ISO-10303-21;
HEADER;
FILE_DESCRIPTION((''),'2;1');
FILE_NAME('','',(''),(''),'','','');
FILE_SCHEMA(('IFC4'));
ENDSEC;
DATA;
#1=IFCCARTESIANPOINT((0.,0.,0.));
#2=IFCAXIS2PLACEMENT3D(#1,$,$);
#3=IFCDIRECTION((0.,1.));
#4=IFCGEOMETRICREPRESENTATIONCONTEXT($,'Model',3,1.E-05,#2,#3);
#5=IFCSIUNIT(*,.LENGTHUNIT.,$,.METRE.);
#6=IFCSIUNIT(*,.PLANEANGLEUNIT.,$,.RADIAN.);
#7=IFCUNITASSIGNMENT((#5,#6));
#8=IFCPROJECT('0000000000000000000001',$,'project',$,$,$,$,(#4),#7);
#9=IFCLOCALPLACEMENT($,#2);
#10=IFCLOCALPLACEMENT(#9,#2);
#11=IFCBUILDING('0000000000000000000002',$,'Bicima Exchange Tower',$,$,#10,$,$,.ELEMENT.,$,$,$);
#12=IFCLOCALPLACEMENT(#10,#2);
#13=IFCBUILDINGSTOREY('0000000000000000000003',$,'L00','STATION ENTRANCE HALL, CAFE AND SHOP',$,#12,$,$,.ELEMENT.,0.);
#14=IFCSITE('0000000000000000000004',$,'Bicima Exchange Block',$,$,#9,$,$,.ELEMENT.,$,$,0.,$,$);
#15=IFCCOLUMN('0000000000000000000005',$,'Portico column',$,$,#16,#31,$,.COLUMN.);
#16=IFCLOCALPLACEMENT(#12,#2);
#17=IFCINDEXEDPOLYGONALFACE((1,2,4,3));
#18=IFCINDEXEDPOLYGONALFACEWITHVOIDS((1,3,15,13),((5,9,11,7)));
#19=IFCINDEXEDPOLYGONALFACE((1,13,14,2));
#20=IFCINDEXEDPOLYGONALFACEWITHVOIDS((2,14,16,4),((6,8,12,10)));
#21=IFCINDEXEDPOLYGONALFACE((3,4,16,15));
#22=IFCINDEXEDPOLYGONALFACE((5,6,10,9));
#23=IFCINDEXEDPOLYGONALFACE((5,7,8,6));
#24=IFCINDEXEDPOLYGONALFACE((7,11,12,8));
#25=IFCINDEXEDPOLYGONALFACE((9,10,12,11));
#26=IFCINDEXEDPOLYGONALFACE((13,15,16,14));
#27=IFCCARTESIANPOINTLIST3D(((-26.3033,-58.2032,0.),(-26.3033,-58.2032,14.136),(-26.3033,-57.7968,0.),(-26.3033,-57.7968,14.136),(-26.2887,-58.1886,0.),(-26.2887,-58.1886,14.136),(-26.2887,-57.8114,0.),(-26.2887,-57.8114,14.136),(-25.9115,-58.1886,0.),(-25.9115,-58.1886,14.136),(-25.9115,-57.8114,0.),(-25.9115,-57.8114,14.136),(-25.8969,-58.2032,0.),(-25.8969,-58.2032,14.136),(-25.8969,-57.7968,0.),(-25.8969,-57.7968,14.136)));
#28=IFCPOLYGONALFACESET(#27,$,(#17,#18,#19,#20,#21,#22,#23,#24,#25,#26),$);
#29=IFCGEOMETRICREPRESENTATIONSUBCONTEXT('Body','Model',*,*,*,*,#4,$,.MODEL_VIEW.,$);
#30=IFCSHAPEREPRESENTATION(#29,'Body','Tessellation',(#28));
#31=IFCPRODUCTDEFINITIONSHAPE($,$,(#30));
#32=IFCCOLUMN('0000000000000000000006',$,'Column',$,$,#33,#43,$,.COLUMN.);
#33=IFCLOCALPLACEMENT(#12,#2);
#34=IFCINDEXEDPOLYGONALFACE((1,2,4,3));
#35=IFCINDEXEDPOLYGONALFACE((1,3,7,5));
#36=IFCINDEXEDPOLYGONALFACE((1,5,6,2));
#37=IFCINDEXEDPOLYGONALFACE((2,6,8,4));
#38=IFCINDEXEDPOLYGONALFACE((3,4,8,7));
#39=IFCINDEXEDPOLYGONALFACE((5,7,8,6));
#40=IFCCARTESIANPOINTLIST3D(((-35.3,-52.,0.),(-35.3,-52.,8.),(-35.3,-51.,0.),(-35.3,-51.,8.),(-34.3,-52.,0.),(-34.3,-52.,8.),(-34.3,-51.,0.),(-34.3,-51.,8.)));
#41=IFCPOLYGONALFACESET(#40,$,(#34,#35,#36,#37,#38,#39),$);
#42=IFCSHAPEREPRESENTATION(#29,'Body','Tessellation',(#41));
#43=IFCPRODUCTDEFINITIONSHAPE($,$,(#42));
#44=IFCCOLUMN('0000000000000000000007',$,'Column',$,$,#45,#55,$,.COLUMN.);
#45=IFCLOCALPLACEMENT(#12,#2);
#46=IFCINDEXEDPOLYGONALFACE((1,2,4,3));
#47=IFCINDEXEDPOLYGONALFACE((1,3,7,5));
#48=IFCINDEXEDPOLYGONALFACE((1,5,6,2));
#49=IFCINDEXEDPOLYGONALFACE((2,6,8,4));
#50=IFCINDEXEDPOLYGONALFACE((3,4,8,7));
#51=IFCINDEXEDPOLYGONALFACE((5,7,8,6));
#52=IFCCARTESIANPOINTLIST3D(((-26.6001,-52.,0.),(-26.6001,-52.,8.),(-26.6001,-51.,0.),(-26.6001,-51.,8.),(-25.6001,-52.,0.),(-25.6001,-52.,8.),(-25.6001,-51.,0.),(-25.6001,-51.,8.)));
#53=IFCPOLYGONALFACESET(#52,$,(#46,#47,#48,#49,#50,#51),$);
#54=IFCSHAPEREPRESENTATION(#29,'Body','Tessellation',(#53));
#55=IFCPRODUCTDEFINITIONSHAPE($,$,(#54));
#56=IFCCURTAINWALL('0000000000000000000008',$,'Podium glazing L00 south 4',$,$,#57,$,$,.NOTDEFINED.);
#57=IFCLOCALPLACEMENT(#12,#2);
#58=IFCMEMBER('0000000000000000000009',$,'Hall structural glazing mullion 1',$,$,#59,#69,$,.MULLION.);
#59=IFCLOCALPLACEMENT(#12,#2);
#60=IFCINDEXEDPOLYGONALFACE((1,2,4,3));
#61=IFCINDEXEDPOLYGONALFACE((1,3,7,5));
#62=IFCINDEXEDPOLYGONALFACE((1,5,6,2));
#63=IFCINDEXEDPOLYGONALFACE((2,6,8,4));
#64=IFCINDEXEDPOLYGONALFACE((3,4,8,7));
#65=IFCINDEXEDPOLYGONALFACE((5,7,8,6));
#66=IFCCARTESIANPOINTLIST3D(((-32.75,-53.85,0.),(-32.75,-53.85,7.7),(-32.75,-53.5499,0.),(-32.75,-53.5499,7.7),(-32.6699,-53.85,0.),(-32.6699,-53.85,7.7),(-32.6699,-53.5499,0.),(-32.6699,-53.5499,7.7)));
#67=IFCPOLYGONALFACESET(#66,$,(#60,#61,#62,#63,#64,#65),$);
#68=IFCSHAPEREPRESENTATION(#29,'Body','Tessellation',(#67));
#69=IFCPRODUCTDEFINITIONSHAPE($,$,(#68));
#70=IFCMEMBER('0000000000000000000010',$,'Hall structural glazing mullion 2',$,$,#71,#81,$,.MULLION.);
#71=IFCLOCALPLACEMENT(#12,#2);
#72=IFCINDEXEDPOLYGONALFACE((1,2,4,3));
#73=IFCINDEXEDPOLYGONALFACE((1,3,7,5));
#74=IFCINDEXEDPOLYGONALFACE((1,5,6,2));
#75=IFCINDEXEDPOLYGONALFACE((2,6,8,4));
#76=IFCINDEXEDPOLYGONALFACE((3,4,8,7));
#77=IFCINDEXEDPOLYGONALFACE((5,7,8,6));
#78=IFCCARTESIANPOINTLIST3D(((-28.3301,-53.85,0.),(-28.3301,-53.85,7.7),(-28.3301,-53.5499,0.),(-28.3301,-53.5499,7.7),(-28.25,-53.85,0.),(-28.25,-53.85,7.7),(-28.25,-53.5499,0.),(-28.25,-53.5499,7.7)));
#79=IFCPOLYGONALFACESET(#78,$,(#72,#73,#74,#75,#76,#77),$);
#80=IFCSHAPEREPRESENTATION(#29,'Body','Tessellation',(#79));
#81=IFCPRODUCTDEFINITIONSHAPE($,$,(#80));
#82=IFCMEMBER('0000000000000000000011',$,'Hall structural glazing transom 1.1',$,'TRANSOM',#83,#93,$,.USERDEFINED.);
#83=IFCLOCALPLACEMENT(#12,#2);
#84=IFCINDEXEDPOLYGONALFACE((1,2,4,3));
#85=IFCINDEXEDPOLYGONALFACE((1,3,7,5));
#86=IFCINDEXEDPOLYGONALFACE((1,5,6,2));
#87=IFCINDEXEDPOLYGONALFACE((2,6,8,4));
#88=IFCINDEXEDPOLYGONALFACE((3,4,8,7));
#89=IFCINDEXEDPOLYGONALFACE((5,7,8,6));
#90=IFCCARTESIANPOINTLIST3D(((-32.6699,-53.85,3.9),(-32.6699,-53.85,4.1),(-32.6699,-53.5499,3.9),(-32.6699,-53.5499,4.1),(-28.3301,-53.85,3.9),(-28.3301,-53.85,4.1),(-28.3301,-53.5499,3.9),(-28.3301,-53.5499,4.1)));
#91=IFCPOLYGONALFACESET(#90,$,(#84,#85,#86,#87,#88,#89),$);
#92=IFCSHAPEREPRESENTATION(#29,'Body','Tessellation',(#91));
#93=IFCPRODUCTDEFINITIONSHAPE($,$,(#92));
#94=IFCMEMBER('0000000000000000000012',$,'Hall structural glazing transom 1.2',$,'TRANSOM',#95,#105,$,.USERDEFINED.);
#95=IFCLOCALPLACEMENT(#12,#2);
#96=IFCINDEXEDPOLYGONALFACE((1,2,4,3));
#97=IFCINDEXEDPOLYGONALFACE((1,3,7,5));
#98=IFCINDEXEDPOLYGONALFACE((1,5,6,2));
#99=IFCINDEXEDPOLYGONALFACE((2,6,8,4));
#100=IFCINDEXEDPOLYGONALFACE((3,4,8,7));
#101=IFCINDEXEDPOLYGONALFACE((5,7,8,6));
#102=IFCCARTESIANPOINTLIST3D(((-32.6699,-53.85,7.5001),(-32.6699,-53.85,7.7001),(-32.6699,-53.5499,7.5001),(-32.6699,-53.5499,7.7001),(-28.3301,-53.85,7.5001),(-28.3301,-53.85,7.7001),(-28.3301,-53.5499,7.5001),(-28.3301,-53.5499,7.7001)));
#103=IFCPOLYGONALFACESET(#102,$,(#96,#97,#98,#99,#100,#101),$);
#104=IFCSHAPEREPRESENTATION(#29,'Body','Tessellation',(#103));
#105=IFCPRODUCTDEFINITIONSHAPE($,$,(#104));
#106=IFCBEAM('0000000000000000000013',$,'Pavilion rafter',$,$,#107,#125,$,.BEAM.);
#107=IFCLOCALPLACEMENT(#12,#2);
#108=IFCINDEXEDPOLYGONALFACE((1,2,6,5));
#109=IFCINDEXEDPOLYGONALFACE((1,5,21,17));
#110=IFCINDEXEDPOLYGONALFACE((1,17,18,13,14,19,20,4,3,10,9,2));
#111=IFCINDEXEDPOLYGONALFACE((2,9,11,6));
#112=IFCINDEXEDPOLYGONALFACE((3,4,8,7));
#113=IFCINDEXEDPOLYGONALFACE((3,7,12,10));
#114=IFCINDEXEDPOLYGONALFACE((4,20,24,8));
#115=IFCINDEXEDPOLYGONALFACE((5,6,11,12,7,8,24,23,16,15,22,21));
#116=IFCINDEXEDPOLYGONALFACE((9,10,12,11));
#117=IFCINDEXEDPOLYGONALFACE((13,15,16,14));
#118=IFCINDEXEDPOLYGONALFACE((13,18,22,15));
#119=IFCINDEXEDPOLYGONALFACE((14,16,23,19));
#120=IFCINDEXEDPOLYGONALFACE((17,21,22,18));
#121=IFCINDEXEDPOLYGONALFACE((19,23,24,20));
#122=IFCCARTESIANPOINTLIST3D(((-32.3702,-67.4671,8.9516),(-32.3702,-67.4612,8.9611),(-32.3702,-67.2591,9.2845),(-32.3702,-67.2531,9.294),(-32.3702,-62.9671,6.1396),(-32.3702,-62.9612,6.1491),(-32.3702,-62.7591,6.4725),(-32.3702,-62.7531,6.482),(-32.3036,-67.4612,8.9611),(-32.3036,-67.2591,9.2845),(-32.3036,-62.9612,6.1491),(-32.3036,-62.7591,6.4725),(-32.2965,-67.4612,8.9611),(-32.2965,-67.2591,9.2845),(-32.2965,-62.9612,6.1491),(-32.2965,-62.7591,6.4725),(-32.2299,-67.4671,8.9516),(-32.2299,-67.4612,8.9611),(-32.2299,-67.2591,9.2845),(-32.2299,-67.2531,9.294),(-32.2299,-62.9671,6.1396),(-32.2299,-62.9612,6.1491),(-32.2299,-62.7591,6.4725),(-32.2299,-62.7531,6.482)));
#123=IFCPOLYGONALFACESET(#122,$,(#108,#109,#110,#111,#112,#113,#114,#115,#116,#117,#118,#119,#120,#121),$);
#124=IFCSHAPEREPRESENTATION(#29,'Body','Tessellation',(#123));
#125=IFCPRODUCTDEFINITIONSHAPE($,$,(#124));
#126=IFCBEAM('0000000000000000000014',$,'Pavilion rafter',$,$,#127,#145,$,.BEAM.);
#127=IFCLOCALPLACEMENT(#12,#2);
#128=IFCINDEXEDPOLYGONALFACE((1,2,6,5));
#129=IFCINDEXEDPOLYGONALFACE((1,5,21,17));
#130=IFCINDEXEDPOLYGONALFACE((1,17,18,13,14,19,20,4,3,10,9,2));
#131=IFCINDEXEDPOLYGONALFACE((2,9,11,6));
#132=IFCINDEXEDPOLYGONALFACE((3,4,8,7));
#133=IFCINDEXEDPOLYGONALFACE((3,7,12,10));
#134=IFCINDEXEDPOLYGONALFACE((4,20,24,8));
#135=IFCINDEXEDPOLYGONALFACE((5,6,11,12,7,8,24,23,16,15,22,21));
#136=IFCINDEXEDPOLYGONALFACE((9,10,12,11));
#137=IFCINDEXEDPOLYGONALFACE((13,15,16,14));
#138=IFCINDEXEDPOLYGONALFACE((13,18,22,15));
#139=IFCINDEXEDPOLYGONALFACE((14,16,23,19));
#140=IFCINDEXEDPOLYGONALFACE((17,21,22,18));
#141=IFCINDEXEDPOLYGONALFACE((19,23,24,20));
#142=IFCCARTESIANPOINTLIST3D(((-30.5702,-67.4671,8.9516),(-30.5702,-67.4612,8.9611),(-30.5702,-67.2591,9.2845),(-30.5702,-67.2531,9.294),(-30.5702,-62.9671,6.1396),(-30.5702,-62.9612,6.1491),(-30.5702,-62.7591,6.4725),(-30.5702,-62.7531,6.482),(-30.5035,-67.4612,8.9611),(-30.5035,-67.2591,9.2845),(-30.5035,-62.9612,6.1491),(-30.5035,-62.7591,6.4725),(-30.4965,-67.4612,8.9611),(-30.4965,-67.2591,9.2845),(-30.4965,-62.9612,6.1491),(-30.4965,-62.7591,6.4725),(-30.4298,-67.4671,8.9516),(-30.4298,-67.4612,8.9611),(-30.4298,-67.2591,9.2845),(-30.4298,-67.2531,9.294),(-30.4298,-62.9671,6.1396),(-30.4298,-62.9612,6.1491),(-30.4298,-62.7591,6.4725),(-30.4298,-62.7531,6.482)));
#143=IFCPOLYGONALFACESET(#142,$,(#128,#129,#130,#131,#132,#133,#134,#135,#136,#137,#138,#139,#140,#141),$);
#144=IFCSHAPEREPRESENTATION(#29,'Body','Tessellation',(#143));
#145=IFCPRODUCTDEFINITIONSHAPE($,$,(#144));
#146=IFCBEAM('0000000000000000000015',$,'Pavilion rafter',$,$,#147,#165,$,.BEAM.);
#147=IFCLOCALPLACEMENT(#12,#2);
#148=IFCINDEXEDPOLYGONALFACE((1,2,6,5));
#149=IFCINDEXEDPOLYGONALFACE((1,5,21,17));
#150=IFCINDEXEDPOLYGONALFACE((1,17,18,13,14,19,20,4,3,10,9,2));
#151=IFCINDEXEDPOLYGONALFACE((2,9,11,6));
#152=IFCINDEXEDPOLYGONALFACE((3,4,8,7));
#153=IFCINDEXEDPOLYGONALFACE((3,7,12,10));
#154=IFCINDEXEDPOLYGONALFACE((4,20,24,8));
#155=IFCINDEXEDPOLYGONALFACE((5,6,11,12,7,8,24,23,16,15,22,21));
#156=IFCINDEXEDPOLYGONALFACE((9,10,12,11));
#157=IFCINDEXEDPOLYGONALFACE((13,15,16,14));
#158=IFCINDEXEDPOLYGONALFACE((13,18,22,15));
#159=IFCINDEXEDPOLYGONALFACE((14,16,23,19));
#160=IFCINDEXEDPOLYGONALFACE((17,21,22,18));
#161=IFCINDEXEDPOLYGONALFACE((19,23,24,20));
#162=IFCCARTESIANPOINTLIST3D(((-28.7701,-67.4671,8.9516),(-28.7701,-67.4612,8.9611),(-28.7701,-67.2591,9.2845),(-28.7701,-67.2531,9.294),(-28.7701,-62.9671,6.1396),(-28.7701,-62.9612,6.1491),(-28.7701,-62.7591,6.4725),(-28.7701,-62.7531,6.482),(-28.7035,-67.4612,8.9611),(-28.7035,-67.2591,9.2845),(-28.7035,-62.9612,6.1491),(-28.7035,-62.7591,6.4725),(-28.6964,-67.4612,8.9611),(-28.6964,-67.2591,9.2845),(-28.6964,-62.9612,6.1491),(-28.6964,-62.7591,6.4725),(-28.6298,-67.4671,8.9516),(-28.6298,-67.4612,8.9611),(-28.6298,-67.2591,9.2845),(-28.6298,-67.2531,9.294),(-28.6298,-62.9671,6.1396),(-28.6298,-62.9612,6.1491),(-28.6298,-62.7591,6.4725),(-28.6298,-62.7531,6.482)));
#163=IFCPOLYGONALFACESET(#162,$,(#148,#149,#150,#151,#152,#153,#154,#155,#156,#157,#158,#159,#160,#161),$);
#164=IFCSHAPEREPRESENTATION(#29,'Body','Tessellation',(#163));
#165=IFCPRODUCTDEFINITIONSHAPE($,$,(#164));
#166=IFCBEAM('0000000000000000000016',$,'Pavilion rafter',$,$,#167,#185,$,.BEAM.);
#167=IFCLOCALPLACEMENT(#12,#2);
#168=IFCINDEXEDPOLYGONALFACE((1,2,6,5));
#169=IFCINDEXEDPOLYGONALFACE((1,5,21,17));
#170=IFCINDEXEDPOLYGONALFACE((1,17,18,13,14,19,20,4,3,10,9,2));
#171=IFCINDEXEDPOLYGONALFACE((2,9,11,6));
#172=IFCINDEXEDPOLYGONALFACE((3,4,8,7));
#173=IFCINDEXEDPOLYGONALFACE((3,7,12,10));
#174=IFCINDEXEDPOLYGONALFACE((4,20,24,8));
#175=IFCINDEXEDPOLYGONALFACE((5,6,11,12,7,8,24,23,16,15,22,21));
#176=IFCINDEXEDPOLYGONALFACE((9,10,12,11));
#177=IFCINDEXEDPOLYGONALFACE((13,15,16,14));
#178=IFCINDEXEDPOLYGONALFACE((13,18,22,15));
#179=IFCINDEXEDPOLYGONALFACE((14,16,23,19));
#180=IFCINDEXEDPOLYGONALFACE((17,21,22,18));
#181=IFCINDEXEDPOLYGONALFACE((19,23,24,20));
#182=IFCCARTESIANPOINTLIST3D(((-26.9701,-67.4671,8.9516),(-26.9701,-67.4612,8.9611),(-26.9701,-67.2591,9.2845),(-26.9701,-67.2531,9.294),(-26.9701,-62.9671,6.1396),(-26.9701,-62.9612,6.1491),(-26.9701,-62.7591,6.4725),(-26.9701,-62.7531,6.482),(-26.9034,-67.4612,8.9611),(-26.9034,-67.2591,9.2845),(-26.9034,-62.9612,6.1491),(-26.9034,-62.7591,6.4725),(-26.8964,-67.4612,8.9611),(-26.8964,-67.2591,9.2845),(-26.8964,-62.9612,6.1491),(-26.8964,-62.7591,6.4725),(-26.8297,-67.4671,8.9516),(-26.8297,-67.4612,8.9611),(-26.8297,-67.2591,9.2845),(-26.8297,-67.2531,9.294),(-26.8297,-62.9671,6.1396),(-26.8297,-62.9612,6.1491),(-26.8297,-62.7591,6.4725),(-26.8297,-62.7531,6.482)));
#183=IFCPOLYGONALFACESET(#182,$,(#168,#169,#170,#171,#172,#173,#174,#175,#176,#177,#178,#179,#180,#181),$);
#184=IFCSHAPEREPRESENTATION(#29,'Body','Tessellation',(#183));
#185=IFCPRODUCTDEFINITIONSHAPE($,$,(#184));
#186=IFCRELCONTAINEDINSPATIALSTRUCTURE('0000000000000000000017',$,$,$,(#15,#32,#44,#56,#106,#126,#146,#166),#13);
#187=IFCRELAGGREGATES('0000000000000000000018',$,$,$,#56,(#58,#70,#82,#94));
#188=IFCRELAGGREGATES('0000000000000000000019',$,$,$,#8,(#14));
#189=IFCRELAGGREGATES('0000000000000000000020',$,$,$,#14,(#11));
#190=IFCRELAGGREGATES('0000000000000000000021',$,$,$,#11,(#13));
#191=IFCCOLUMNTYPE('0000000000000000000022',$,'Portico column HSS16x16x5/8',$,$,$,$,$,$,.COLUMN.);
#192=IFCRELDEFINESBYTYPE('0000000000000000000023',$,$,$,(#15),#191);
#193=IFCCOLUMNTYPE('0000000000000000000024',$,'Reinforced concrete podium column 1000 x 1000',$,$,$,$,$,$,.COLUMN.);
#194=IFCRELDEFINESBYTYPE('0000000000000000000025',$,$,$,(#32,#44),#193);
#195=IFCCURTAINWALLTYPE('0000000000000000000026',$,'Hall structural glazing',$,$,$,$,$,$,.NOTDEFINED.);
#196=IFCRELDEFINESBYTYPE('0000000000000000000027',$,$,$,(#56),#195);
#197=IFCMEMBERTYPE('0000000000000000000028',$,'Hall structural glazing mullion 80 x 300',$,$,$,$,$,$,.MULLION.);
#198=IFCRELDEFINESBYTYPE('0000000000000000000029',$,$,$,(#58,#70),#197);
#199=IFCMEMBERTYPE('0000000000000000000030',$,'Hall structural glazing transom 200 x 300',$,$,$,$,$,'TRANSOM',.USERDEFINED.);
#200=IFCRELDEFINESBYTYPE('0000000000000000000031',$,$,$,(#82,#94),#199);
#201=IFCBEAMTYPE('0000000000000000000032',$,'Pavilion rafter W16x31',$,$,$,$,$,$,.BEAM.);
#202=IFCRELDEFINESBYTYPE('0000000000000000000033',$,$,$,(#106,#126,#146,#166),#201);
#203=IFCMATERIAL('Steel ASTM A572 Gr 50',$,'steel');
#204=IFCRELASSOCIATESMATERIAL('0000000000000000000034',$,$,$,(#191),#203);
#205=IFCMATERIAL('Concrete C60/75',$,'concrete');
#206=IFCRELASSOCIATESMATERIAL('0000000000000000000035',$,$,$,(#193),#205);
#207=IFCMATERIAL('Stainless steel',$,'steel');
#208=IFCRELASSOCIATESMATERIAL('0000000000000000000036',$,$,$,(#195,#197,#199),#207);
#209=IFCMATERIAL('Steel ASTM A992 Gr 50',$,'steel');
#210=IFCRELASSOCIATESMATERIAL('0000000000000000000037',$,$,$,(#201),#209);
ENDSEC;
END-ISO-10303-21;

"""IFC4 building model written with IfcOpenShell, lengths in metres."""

from ifc_helpers import new_model, si_unit, direction, frame, origin, origin_2d, place, context, subcontext, project, spatial, rectangle, hollow_rectangle, i_section, extrude, material, material_profile, profile_set, type_object, element, aggregate, save


model = new_model("IFC4")

# Units and contexts
model_context = context("Model", 3, precision=1e-05, world=origin(), true_north=direction((0.0, 1.0)))
body_context = subcontext(model_context, "Body", "Model", "MODEL_VIEW")
ifc_project = project(units=[si_unit("LENGTHUNIT", "METRE"), si_unit("PLANEANGLEUNIT", "RADIAN")], contexts=[model_context])

# Site, building, storey
site_placement = place(None, origin())
site = spatial("IfcSite", under=ifc_project, at=site_placement, Name="Bicima Exchange Block", CompositionType="ELEMENT", RefElevation=0.0)
building_placement = place(site_placement, origin())
building = spatial("IfcBuilding", under=site, at=building_placement, Name="Bicima Exchange Tower", CompositionType="ELEMENT")
storey_placement = place(building_placement, origin())
storey = spatial("IfcBuildingStorey", under=building, at=storey_placement, Name="L00", Description="STATION ENTRANCE HALL, CAFE AND SHOP", CompositionType="ELEMENT", Elevation=0.0)

# Columns
ifc_material_1 = material(Name="Steel ASTM A572 Gr 50", Category="steel")
ifc_material_profile_1 = material_profile(ifc_material_1, hollow_rectangle(XDim=0.4065, YDim=0.4065, WallThickness=0.0146, at=origin_2d()))
ifc_profile_set_1 = profile_set([ifc_material_profile_1], Name="Steel ASTM A572 Gr 50")
column_type_1 = type_object("IfcColumnType", Name="Portico column HSS16x16x5/8", PredefinedType="COLUMN", material=ifc_profile_set_1)
column_placement = place(storey_placement, frame((-26.1001, -58.0, 0.0), z_axis=(0.0, 0.0, 1.0), x_axis=(1.0, 0.0, 0.0)))
element("IfcColumn", 1, at=column_placement, inside=storey, type_object=column_type_1, Name="Portico column", PredefinedType="COLUMN", context=body_context, shape_type="SweptSolid", body=[
    extrude(hollow_rectangle(XDim=0.4065, YDim=0.4065, WallThickness=0.0146, at=origin_2d()), origin(), (0.0, 0.0, 1.0), 14.136),
])
ifc_material_2 = material(Name="Concrete C60/75", Category="concrete")
ifc_material_profile_2 = material_profile(ifc_material_2, rectangle(XDim=1.0, YDim=1.0, at=origin_2d()))
ifc_profile_set_2 = profile_set([ifc_material_profile_2], Name="Concrete C60/75")
column_type_2 = type_object("IfcColumnType", Name="Reinforced concrete podium column 1000 x 1000", PredefinedType="COLUMN", material=ifc_profile_set_2)
for number, where, z_axis, x_axis, name in (
    (2, (-34.8, -51.5, 0.0), (0.0, 0.0, 1.0), (1.0, 0.0, 0.0), "Column"),
    (3, (-26.1001, -51.5, 0.0), (0.0, 0.0, 1.0), (1.0, 0.0, 0.0), "Column"),
):
    element("IfcColumn", number, at=place(storey_placement, frame(where, z_axis=z_axis, x_axis=x_axis)), inside=storey, type_object=column_type_2, Name=name, PredefinedType="COLUMN", context=body_context, shape_type="SweptSolid", body=[
        extrude(rectangle(XDim=1.0, YDim=1.0, at=origin_2d()), origin(), (0.0, 0.0, 1.0), 8.0),
    ])

# Curtain wall, members
ifc_material_3 = material(Name="Stainless steel", Category="steel")
curtain_wall_type = type_object("IfcCurtainWallType", Name="Hall structural glazing", PredefinedType="NOTDEFINED", material=ifc_material_3)
curtain_wall_placement = place(storey_placement, origin())
curtain_wall = element("IfcCurtainWall", 4, at=curtain_wall_placement, inside=storey, type_object=curtain_wall_type, Name="Podium glazing L00 south 4", PredefinedType="NOTDEFINED")
ifc_material_profile_3 = material_profile(ifc_material_3, rectangle(XDim=0.3, YDim=0.0801, at=origin_2d()))
ifc_profile_set_3 = profile_set([ifc_material_profile_3], Name="Stainless steel")
member_type_1 = type_object("IfcMemberType", Name="Hall structural glazing mullion 80 x 300", PredefinedType="MULLION", material=ifc_profile_set_3)
member_1_placement = place(storey_placement, frame((-32.71, -53.7, 0.0), z_axis=(0.0, 0.0, 1.0), x_axis=(0.0, 1.0, 0.0)))
member_1 = element("IfcMember", 5, at=member_1_placement, type_object=member_type_1, Name="Hall structural glazing mullion 1", PredefinedType="MULLION", context=body_context, shape_type="SweptSolid", body=[
    extrude(rectangle(XDim=0.3, YDim=0.0801, at=origin_2d()), origin(), (0.0, 0.0, 1.0), 7.7),
])
member_2_placement = place(storey_placement, frame((-28.29, -53.7, 0.0), z_axis=(0.0, 0.0, 1.0), x_axis=(0.0, 1.0, 0.0)))
member_2 = element("IfcMember", 6, at=member_2_placement, type_object=member_type_1, Name="Hall structural glazing mullion 2", PredefinedType="MULLION", context=body_context, shape_type="SweptSolid", body=[
    extrude(rectangle(XDim=0.3, YDim=0.0801, at=origin_2d()), origin(), (0.0, 0.0, 1.0), 7.7),
])
ifc_material_profile_4 = material_profile(ifc_material_3, rectangle(XDim=0.3, YDim=0.2, at=origin_2d()))
ifc_profile_set_4 = profile_set([ifc_material_profile_4], Name="Stainless steel")
member_type_2 = type_object("IfcMemberType", Name="Hall structural glazing transom 200 x 300", ElementType="TRANSOM", PredefinedType="USERDEFINED", material=ifc_profile_set_4)
member_3_placement = place(storey_placement, frame((-32.6699, -53.7, 4.0), z_axis=(1.0, 0.0, 0.0), x_axis=(0.0, 1.0, 0.0)))
member_3 = element("IfcMember", 7, at=member_3_placement, type_object=member_type_2, Name="Hall structural glazing transom 1.1", ObjectType="TRANSOM", PredefinedType="USERDEFINED", context=body_context, shape_type="SweptSolid", body=[
    extrude(rectangle(XDim=0.3, YDim=0.2, at=origin_2d()), origin(), (0.0, 0.0, 1.0), 4.3398),
])
member_4_placement = place(storey_placement, frame((-32.6699, -53.7, 7.6001), z_axis=(1.0, 0.0, 0.0), x_axis=(0.0, 1.0, 0.0)))
member_4 = element("IfcMember", 8, at=member_4_placement, type_object=member_type_2, Name="Hall structural glazing transom 1.2", ObjectType="TRANSOM", PredefinedType="USERDEFINED", context=body_context, shape_type="SweptSolid", body=[
    extrude(rectangle(XDim=0.3, YDim=0.2, at=origin_2d()), origin(), (0.0, 0.0, 1.0), 4.3398),
])

# Beams
ifc_material_4 = material(Name="Steel ASTM A992 Gr 50", Category="steel")
ifc_material_profile_5 = material_profile(ifc_material_4, i_section(OverallWidth=0.1404, OverallDepth=0.4038, WebThickness=0.0071, FlangeThickness=0.0112, at=origin_2d()))
ifc_profile_set_5 = profile_set([ifc_material_profile_5], Name="Steel ASTM A992 Gr 50")
beam_type_1 = type_object("IfcBeamType", Name="Pavilion rafter W16x31", PredefinedType="BEAM", material=ifc_profile_set_5)
for number, where, z_axis, x_axis, name in (
    (9, (-32.3, -62.8601, 6.3108), (0.0, -0.84804, 0.529933), (1.0, 0.0, 0.0), "Pavilion rafter"),
    (10, (-30.5, -62.8601, 6.3108), (0.0, -0.84804, 0.529933), (1.0, 0.0, 0.0), "Pavilion rafter"),
    (11, (-28.7, -62.8601, 6.3108), (0.0, -0.84804, 0.529933), (1.0, 0.0, 0.0), "Pavilion rafter"),
    (12, (-26.8999, -62.8601, 6.3108), (0.0, -0.84804, 0.529933), (1.0, 0.0, 0.0), "Pavilion rafter"),
):
    element("IfcBeam", number, at=place(storey_placement, frame(where, z_axis=z_axis, x_axis=x_axis)), inside=storey, type_object=beam_type_1, Name=name, PredefinedType="BEAM", context=body_context, shape_type="SweptSolid", body=[
        extrude(i_section(OverallWidth=0.1404, OverallDepth=0.4038, WebThickness=0.0071, FlangeThickness=0.0112, at=origin_2d()), origin(), (0.0, 0.0, 1.0), 5.3064),
    ])

aggregate(curtain_wall, [member_1, member_2, member_3, member_4])

save(model, "model.ifc")
